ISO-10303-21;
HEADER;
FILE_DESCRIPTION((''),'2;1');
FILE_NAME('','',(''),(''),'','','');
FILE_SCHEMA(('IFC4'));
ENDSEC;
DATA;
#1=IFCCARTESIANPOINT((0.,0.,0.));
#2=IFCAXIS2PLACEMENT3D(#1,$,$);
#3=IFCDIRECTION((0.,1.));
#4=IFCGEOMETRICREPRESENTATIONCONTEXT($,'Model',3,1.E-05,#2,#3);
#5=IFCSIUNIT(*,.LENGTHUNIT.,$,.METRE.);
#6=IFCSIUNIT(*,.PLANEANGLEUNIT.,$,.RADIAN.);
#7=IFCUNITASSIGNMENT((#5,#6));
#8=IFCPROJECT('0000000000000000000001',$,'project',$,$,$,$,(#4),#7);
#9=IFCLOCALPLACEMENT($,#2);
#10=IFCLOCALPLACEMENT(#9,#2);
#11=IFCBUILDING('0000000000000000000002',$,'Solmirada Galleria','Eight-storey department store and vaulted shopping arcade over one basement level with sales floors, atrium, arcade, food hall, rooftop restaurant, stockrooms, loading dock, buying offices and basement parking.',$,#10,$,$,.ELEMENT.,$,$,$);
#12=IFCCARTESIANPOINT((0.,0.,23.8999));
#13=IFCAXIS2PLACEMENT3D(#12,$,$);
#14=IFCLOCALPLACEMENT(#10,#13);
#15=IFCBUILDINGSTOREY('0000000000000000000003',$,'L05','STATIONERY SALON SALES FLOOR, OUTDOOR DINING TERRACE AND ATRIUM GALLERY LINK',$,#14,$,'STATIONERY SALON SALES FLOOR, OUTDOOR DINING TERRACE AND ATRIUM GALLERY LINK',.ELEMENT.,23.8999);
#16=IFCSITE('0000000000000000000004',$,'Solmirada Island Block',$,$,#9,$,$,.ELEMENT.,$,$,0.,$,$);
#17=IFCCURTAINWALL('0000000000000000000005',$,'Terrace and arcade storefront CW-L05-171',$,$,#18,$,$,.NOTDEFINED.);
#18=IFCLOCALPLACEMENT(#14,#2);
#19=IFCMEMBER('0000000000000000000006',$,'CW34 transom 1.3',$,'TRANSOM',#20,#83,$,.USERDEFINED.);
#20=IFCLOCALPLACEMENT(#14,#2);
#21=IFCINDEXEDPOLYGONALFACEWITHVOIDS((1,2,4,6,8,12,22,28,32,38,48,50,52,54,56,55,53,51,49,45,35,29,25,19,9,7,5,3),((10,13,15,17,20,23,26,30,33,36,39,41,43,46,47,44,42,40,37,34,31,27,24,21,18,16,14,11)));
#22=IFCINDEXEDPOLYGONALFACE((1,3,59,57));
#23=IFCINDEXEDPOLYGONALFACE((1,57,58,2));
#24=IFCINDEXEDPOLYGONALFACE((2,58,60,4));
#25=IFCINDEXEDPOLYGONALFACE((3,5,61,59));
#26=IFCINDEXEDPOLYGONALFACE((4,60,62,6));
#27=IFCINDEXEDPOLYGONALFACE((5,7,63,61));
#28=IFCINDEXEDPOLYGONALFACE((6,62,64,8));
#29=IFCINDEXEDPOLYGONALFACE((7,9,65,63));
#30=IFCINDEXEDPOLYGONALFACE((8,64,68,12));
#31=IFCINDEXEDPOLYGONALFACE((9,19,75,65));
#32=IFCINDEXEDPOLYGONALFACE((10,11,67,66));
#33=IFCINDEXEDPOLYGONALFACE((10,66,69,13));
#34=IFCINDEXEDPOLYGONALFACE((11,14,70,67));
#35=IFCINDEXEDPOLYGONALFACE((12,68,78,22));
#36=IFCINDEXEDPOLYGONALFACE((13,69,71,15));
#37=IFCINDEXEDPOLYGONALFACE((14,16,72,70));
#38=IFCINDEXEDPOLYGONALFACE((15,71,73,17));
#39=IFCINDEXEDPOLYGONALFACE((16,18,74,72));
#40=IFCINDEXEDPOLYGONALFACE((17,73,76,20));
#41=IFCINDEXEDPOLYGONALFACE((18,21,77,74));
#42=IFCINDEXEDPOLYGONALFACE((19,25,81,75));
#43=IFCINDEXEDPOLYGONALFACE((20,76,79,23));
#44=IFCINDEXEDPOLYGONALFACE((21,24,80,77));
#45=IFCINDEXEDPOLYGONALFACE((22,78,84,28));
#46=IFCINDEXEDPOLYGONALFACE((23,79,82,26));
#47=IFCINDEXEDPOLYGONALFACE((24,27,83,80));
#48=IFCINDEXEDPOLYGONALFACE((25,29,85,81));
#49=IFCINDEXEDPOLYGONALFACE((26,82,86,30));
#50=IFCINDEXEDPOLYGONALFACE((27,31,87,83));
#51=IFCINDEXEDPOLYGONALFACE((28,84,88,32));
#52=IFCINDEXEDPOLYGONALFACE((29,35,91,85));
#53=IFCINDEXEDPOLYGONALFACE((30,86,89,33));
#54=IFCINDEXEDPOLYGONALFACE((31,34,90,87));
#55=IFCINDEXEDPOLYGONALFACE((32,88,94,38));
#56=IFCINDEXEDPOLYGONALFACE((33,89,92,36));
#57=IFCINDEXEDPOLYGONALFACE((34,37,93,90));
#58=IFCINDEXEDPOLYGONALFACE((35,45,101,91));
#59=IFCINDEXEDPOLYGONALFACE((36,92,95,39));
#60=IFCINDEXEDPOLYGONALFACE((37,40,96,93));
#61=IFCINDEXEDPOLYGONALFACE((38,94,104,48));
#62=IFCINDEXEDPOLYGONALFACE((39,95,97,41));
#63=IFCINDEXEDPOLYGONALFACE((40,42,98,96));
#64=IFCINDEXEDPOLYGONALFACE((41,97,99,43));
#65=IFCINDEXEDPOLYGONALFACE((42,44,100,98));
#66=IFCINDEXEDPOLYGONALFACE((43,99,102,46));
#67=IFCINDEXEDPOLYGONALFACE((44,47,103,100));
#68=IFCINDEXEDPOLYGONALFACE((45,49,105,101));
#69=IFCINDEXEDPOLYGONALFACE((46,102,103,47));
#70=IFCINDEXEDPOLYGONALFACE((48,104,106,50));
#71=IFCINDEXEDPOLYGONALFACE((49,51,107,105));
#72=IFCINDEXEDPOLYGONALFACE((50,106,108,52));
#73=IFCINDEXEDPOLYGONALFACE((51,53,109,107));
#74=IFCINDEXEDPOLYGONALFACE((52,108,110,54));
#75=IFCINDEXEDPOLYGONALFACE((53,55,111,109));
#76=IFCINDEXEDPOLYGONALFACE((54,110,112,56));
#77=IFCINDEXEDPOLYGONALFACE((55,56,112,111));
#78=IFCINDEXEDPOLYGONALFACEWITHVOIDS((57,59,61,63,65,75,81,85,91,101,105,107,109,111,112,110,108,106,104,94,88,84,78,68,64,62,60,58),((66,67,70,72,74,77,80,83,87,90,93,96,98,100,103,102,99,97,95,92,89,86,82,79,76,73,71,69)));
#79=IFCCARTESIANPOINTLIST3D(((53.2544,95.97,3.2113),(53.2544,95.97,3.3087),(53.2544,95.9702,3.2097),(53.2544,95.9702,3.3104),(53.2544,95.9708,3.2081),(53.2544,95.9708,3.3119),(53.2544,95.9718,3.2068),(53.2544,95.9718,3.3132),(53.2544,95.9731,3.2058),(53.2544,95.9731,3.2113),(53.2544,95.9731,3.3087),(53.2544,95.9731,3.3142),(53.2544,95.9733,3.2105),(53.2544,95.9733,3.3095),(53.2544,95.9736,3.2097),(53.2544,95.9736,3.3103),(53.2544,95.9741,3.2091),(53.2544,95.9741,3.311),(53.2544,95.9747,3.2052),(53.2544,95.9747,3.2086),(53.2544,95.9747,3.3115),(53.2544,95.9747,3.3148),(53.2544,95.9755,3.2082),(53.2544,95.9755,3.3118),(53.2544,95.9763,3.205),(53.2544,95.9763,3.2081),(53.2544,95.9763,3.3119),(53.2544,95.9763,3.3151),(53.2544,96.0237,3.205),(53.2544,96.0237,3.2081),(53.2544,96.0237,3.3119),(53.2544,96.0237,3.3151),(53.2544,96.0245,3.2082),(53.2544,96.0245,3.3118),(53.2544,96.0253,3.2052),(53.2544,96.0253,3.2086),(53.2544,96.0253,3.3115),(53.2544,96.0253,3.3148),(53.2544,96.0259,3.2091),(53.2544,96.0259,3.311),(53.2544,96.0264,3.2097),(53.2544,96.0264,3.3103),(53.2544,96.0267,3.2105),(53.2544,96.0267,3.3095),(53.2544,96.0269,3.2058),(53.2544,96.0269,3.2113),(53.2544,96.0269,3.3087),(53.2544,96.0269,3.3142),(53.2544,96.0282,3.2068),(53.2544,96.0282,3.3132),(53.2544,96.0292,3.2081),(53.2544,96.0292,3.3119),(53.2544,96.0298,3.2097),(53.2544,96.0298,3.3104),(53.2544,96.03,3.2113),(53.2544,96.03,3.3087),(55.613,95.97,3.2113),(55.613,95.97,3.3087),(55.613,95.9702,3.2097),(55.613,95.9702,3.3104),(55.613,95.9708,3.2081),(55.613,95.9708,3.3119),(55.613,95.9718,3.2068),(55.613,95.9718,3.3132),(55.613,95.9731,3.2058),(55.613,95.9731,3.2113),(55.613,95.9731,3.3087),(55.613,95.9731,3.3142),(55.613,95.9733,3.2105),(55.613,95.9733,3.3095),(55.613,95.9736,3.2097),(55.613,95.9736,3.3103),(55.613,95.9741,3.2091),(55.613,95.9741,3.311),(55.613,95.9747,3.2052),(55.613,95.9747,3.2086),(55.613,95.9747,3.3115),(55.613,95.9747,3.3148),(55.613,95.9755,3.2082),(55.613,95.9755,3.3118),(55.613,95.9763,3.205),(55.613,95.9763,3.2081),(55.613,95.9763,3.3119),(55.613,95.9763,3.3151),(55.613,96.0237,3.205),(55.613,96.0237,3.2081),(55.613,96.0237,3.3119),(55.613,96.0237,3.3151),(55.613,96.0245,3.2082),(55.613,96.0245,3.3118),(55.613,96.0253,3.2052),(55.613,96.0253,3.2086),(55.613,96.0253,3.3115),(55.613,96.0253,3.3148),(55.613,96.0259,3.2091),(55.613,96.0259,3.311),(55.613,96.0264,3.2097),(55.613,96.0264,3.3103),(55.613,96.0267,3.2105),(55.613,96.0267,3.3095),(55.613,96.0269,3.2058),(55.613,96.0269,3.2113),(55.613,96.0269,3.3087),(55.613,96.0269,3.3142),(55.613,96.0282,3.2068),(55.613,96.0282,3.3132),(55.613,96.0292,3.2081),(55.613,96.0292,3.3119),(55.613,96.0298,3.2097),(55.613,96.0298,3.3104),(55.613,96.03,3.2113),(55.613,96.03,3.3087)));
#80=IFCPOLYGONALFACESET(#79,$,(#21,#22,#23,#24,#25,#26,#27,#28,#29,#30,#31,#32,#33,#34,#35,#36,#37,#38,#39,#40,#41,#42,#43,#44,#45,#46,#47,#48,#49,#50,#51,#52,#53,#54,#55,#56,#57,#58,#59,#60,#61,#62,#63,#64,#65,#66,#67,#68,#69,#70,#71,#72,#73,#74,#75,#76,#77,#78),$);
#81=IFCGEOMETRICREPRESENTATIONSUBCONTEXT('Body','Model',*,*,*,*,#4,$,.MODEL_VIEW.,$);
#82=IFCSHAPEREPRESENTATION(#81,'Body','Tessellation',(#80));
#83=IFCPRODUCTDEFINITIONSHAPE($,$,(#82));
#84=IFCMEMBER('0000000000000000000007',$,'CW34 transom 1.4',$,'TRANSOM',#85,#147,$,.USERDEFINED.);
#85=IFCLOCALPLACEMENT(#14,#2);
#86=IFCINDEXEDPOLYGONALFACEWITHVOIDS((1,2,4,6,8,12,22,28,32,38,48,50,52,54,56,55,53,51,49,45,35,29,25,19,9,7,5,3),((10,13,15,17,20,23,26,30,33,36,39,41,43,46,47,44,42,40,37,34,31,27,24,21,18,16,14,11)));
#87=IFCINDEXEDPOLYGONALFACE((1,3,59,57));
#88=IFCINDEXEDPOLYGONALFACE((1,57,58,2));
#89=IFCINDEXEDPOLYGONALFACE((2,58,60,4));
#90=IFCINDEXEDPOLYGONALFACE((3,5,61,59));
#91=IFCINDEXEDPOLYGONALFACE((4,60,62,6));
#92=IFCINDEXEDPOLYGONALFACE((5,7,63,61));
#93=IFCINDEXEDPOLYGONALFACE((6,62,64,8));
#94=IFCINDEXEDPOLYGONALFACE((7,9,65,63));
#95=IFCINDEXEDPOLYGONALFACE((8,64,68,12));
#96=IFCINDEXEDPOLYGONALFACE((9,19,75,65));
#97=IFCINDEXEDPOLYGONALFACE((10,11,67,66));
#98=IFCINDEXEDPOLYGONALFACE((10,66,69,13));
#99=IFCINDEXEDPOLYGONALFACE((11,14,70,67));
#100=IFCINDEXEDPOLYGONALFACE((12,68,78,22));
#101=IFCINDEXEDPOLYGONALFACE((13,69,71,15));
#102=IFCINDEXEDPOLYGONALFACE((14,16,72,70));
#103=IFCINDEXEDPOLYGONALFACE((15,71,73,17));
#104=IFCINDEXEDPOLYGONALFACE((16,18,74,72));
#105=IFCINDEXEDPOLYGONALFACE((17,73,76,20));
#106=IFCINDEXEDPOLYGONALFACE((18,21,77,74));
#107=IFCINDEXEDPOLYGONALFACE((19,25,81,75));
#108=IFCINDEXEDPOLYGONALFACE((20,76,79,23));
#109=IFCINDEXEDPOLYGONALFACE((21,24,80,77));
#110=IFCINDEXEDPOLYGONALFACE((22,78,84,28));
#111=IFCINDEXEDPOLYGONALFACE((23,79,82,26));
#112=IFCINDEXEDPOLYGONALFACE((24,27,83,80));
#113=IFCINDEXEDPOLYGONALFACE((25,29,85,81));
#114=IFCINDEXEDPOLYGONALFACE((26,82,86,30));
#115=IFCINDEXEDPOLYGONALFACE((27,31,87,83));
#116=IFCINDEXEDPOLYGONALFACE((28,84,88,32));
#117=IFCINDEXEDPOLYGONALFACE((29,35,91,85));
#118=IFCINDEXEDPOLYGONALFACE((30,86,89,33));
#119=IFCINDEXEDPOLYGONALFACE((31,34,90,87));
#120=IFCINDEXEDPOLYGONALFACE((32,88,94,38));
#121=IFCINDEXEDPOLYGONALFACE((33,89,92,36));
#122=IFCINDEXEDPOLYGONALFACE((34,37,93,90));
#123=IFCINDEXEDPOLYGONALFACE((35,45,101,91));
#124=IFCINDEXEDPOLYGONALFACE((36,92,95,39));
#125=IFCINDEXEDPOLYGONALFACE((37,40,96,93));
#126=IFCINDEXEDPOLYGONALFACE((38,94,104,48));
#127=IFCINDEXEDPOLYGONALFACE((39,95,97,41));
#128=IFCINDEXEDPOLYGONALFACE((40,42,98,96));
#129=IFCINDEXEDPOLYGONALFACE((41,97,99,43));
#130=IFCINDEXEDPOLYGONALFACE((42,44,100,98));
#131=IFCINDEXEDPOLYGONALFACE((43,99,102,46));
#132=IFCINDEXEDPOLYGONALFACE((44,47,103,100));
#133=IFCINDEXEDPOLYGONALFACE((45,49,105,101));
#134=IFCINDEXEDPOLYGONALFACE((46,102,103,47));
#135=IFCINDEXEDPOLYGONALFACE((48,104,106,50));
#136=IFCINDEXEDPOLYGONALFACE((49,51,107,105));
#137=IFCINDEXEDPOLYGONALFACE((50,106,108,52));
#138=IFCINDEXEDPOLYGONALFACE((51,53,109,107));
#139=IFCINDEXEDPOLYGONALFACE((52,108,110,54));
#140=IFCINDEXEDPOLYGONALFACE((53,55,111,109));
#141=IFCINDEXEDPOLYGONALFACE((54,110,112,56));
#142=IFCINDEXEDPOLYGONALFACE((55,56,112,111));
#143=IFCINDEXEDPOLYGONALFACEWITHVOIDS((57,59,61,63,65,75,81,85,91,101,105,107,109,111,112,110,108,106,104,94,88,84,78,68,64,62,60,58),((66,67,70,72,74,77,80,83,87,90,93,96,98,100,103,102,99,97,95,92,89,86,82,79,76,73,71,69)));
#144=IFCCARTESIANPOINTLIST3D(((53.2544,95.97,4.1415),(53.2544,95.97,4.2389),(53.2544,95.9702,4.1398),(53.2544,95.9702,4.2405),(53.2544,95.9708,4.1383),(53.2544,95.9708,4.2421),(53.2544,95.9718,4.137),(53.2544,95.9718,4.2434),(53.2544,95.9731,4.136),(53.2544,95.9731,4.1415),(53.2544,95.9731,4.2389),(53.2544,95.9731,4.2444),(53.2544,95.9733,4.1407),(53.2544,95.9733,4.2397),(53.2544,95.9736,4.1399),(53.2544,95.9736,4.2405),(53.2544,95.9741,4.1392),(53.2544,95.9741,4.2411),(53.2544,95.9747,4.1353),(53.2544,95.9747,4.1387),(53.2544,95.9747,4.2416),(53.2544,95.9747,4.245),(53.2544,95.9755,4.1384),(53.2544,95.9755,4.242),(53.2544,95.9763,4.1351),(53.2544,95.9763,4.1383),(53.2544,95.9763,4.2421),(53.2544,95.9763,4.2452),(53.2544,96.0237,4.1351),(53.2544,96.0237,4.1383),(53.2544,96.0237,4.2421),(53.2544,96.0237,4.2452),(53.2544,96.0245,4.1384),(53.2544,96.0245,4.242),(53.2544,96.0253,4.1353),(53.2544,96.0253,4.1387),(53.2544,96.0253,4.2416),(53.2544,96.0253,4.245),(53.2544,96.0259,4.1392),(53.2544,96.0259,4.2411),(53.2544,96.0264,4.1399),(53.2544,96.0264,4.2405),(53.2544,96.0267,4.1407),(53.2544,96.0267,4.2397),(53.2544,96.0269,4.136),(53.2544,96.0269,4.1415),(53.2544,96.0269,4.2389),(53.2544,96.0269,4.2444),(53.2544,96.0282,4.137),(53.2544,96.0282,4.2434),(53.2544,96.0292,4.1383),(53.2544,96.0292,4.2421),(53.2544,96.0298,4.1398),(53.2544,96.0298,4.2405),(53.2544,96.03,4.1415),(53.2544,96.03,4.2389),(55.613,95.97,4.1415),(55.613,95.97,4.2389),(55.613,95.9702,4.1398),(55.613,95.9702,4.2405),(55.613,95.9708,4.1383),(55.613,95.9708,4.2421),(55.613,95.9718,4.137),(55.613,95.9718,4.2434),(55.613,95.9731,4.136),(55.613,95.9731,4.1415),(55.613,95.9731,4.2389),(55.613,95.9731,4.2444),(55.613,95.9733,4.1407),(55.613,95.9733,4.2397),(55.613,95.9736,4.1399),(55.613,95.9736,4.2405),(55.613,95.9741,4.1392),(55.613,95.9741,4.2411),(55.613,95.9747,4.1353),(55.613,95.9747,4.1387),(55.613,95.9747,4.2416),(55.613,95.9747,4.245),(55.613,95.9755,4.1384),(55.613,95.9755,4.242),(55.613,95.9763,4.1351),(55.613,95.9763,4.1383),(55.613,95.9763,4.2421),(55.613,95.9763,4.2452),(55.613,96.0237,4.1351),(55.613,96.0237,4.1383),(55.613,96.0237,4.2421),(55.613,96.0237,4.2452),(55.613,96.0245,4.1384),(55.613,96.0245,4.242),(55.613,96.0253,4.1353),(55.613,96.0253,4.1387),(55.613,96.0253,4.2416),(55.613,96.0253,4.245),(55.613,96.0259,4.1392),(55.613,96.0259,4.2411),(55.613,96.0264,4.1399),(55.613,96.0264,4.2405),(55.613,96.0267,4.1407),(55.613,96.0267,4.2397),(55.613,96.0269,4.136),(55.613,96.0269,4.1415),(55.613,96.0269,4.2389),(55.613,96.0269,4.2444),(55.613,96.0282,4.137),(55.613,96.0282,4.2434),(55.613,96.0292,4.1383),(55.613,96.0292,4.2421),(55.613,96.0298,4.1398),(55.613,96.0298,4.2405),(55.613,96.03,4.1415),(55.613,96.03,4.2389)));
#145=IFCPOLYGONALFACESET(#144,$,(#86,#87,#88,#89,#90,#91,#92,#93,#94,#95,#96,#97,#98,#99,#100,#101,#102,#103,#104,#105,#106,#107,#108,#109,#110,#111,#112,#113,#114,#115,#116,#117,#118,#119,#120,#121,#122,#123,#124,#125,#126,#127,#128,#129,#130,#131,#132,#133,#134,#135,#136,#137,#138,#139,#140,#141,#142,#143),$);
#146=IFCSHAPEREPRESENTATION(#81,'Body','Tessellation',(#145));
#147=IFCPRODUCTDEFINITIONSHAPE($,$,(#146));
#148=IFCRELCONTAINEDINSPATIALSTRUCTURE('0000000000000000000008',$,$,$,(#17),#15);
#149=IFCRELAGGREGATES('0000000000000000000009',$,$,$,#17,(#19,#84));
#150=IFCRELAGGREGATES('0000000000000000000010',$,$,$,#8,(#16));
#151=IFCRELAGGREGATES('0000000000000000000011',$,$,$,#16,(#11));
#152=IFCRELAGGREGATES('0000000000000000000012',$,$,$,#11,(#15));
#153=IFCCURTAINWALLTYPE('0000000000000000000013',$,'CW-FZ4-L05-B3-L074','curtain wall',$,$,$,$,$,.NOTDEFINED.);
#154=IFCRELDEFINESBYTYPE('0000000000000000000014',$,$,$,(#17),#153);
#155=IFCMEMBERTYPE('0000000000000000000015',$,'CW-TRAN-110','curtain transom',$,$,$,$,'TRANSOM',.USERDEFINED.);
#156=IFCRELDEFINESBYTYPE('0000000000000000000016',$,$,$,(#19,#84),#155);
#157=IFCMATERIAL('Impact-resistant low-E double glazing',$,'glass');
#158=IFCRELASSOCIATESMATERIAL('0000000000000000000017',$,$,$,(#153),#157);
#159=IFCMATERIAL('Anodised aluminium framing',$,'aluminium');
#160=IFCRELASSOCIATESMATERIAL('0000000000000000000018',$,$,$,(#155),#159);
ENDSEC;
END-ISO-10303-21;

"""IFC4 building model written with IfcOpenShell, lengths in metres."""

from ifc_helpers import new_model, si_unit, direction, frame, origin, origin_2d, place, context, subcontext, project, spatial, hollow_rectangle, extrude, material, material_profile, profile_set, type_object, element, aggregate, save


model = new_model("IFC4")

# Units and contexts
model_context = context("Model", 3, precision=1e-05, world=origin(), true_north=direction((0.0, 1.0)))
body_context = subcontext(model_context, "Body", "Model", "MODEL_VIEW")
ifc_project = project(units=[si_unit("LENGTHUNIT", "METRE"), si_unit("PLANEANGLEUNIT", "RADIAN")], contexts=[model_context])

# Site, building, storey
site_placement = place(None, origin())
site = spatial("IfcSite", under=ifc_project, at=site_placement, Name="Solmirada Island Block", CompositionType="ELEMENT", RefElevation=0.0)
building_placement = place(site_placement, origin())
building = spatial("IfcBuilding", under=site, at=building_placement, Name="Solmirada Galleria", Description="Eight-storey department store and vaulted shopping arcade over one basement level with sales floors, atrium, arcade, food hall, rooftop restaurant, stockrooms, loading dock, buying offices and basement parking.", CompositionType="ELEMENT")
storey_placement = place(building_placement, frame((0.0, 0.0, 23.8999)))
storey = spatial("IfcBuildingStorey", under=building, at=storey_placement, Name="L05", Description="STATIONERY SALON SALES FLOOR, OUTDOOR DINING TERRACE AND ATRIUM GALLERY LINK", LongName="STATIONERY SALON SALES FLOOR, OUTDOOR DINING TERRACE AND ATRIUM GALLERY LINK", CompositionType="ELEMENT", Elevation=23.8999)

# Curtain wall, members
ifc_material_1 = material(Name="Impact-resistant low-E double glazing", Category="glass")
curtain_wall_type = type_object("IfcCurtainWallType", Name="CW-FZ4-L05-B3-L074", Description="curtain wall", PredefinedType="NOTDEFINED", material=ifc_material_1)
curtain_wall_placement = place(storey_placement, origin())
curtain_wall = element("IfcCurtainWall", 1, at=curtain_wall_placement, inside=storey, type_object=curtain_wall_type, Name="Terrace and arcade storefront CW-L05-171", PredefinedType="NOTDEFINED")
ifc_material_2 = material(Name="Anodised aluminium framing", Category="aluminium")
ifc_material_profile_1 = material_profile(ifc_material_2, hollow_rectangle(XDim=0.0601, YDim=0.1101, WallThickness=0.0032, InnerFilletRadius=0.0032, OuterFilletRadius=0.0063, at=origin_2d()), Name="ALU-TRAN-110X60")
ifc_profile_set_1 = profile_set([ifc_material_profile_1], Name="Anodised aluminium framing")
member_type_1 = type_object("IfcMemberType", Name="CW-TRAN-110", Description="curtain transom", ElementType="TRANSOM", PredefinedType="USERDEFINED", material=ifc_profile_set_1)
member_1_placement = place(storey_placement, frame((55.613, 96.0, 3.26), z_axis=(-1.0, 0.0, 0.0), x_axis=(0.0, -1.0, 0.0)))
member_1 = element("IfcMember", 2, at=member_1_placement, type_object=member_type_1, Name="CW34 transom 1.3", ObjectType="TRANSOM", PredefinedType="USERDEFINED", context=body_context, shape_type="SweptSolid", body=[
    extrude(hollow_rectangle(XDim=0.0601, YDim=0.1101, WallThickness=0.0032, InnerFilletRadius=0.0032, OuterFilletRadius=0.0063, at=origin_2d()), origin(), (0.0, 0.0, 1.0), 2.3586),
])
member_2_placement = place(storey_placement, frame((55.613, 96.0, 4.1902), z_axis=(-1.0, 0.0, 0.0), x_axis=(0.0, -1.0, 0.0)))
member_2 = element("IfcMember", 3, at=member_2_placement, type_object=member_type_1, Name="CW34 transom 1.4", ObjectType="TRANSOM", PredefinedType="USERDEFINED", context=body_context, shape_type="SweptSolid", body=[
    extrude(hollow_rectangle(XDim=0.0601, YDim=0.1101, WallThickness=0.0032, InnerFilletRadius=0.0032, OuterFilletRadius=0.0063, at=origin_2d()), origin(), (0.0, 0.0, 1.0), 2.3586),
])
aggregate(curtain_wall, [member_1, member_2])

save(model, "model.ifc")
